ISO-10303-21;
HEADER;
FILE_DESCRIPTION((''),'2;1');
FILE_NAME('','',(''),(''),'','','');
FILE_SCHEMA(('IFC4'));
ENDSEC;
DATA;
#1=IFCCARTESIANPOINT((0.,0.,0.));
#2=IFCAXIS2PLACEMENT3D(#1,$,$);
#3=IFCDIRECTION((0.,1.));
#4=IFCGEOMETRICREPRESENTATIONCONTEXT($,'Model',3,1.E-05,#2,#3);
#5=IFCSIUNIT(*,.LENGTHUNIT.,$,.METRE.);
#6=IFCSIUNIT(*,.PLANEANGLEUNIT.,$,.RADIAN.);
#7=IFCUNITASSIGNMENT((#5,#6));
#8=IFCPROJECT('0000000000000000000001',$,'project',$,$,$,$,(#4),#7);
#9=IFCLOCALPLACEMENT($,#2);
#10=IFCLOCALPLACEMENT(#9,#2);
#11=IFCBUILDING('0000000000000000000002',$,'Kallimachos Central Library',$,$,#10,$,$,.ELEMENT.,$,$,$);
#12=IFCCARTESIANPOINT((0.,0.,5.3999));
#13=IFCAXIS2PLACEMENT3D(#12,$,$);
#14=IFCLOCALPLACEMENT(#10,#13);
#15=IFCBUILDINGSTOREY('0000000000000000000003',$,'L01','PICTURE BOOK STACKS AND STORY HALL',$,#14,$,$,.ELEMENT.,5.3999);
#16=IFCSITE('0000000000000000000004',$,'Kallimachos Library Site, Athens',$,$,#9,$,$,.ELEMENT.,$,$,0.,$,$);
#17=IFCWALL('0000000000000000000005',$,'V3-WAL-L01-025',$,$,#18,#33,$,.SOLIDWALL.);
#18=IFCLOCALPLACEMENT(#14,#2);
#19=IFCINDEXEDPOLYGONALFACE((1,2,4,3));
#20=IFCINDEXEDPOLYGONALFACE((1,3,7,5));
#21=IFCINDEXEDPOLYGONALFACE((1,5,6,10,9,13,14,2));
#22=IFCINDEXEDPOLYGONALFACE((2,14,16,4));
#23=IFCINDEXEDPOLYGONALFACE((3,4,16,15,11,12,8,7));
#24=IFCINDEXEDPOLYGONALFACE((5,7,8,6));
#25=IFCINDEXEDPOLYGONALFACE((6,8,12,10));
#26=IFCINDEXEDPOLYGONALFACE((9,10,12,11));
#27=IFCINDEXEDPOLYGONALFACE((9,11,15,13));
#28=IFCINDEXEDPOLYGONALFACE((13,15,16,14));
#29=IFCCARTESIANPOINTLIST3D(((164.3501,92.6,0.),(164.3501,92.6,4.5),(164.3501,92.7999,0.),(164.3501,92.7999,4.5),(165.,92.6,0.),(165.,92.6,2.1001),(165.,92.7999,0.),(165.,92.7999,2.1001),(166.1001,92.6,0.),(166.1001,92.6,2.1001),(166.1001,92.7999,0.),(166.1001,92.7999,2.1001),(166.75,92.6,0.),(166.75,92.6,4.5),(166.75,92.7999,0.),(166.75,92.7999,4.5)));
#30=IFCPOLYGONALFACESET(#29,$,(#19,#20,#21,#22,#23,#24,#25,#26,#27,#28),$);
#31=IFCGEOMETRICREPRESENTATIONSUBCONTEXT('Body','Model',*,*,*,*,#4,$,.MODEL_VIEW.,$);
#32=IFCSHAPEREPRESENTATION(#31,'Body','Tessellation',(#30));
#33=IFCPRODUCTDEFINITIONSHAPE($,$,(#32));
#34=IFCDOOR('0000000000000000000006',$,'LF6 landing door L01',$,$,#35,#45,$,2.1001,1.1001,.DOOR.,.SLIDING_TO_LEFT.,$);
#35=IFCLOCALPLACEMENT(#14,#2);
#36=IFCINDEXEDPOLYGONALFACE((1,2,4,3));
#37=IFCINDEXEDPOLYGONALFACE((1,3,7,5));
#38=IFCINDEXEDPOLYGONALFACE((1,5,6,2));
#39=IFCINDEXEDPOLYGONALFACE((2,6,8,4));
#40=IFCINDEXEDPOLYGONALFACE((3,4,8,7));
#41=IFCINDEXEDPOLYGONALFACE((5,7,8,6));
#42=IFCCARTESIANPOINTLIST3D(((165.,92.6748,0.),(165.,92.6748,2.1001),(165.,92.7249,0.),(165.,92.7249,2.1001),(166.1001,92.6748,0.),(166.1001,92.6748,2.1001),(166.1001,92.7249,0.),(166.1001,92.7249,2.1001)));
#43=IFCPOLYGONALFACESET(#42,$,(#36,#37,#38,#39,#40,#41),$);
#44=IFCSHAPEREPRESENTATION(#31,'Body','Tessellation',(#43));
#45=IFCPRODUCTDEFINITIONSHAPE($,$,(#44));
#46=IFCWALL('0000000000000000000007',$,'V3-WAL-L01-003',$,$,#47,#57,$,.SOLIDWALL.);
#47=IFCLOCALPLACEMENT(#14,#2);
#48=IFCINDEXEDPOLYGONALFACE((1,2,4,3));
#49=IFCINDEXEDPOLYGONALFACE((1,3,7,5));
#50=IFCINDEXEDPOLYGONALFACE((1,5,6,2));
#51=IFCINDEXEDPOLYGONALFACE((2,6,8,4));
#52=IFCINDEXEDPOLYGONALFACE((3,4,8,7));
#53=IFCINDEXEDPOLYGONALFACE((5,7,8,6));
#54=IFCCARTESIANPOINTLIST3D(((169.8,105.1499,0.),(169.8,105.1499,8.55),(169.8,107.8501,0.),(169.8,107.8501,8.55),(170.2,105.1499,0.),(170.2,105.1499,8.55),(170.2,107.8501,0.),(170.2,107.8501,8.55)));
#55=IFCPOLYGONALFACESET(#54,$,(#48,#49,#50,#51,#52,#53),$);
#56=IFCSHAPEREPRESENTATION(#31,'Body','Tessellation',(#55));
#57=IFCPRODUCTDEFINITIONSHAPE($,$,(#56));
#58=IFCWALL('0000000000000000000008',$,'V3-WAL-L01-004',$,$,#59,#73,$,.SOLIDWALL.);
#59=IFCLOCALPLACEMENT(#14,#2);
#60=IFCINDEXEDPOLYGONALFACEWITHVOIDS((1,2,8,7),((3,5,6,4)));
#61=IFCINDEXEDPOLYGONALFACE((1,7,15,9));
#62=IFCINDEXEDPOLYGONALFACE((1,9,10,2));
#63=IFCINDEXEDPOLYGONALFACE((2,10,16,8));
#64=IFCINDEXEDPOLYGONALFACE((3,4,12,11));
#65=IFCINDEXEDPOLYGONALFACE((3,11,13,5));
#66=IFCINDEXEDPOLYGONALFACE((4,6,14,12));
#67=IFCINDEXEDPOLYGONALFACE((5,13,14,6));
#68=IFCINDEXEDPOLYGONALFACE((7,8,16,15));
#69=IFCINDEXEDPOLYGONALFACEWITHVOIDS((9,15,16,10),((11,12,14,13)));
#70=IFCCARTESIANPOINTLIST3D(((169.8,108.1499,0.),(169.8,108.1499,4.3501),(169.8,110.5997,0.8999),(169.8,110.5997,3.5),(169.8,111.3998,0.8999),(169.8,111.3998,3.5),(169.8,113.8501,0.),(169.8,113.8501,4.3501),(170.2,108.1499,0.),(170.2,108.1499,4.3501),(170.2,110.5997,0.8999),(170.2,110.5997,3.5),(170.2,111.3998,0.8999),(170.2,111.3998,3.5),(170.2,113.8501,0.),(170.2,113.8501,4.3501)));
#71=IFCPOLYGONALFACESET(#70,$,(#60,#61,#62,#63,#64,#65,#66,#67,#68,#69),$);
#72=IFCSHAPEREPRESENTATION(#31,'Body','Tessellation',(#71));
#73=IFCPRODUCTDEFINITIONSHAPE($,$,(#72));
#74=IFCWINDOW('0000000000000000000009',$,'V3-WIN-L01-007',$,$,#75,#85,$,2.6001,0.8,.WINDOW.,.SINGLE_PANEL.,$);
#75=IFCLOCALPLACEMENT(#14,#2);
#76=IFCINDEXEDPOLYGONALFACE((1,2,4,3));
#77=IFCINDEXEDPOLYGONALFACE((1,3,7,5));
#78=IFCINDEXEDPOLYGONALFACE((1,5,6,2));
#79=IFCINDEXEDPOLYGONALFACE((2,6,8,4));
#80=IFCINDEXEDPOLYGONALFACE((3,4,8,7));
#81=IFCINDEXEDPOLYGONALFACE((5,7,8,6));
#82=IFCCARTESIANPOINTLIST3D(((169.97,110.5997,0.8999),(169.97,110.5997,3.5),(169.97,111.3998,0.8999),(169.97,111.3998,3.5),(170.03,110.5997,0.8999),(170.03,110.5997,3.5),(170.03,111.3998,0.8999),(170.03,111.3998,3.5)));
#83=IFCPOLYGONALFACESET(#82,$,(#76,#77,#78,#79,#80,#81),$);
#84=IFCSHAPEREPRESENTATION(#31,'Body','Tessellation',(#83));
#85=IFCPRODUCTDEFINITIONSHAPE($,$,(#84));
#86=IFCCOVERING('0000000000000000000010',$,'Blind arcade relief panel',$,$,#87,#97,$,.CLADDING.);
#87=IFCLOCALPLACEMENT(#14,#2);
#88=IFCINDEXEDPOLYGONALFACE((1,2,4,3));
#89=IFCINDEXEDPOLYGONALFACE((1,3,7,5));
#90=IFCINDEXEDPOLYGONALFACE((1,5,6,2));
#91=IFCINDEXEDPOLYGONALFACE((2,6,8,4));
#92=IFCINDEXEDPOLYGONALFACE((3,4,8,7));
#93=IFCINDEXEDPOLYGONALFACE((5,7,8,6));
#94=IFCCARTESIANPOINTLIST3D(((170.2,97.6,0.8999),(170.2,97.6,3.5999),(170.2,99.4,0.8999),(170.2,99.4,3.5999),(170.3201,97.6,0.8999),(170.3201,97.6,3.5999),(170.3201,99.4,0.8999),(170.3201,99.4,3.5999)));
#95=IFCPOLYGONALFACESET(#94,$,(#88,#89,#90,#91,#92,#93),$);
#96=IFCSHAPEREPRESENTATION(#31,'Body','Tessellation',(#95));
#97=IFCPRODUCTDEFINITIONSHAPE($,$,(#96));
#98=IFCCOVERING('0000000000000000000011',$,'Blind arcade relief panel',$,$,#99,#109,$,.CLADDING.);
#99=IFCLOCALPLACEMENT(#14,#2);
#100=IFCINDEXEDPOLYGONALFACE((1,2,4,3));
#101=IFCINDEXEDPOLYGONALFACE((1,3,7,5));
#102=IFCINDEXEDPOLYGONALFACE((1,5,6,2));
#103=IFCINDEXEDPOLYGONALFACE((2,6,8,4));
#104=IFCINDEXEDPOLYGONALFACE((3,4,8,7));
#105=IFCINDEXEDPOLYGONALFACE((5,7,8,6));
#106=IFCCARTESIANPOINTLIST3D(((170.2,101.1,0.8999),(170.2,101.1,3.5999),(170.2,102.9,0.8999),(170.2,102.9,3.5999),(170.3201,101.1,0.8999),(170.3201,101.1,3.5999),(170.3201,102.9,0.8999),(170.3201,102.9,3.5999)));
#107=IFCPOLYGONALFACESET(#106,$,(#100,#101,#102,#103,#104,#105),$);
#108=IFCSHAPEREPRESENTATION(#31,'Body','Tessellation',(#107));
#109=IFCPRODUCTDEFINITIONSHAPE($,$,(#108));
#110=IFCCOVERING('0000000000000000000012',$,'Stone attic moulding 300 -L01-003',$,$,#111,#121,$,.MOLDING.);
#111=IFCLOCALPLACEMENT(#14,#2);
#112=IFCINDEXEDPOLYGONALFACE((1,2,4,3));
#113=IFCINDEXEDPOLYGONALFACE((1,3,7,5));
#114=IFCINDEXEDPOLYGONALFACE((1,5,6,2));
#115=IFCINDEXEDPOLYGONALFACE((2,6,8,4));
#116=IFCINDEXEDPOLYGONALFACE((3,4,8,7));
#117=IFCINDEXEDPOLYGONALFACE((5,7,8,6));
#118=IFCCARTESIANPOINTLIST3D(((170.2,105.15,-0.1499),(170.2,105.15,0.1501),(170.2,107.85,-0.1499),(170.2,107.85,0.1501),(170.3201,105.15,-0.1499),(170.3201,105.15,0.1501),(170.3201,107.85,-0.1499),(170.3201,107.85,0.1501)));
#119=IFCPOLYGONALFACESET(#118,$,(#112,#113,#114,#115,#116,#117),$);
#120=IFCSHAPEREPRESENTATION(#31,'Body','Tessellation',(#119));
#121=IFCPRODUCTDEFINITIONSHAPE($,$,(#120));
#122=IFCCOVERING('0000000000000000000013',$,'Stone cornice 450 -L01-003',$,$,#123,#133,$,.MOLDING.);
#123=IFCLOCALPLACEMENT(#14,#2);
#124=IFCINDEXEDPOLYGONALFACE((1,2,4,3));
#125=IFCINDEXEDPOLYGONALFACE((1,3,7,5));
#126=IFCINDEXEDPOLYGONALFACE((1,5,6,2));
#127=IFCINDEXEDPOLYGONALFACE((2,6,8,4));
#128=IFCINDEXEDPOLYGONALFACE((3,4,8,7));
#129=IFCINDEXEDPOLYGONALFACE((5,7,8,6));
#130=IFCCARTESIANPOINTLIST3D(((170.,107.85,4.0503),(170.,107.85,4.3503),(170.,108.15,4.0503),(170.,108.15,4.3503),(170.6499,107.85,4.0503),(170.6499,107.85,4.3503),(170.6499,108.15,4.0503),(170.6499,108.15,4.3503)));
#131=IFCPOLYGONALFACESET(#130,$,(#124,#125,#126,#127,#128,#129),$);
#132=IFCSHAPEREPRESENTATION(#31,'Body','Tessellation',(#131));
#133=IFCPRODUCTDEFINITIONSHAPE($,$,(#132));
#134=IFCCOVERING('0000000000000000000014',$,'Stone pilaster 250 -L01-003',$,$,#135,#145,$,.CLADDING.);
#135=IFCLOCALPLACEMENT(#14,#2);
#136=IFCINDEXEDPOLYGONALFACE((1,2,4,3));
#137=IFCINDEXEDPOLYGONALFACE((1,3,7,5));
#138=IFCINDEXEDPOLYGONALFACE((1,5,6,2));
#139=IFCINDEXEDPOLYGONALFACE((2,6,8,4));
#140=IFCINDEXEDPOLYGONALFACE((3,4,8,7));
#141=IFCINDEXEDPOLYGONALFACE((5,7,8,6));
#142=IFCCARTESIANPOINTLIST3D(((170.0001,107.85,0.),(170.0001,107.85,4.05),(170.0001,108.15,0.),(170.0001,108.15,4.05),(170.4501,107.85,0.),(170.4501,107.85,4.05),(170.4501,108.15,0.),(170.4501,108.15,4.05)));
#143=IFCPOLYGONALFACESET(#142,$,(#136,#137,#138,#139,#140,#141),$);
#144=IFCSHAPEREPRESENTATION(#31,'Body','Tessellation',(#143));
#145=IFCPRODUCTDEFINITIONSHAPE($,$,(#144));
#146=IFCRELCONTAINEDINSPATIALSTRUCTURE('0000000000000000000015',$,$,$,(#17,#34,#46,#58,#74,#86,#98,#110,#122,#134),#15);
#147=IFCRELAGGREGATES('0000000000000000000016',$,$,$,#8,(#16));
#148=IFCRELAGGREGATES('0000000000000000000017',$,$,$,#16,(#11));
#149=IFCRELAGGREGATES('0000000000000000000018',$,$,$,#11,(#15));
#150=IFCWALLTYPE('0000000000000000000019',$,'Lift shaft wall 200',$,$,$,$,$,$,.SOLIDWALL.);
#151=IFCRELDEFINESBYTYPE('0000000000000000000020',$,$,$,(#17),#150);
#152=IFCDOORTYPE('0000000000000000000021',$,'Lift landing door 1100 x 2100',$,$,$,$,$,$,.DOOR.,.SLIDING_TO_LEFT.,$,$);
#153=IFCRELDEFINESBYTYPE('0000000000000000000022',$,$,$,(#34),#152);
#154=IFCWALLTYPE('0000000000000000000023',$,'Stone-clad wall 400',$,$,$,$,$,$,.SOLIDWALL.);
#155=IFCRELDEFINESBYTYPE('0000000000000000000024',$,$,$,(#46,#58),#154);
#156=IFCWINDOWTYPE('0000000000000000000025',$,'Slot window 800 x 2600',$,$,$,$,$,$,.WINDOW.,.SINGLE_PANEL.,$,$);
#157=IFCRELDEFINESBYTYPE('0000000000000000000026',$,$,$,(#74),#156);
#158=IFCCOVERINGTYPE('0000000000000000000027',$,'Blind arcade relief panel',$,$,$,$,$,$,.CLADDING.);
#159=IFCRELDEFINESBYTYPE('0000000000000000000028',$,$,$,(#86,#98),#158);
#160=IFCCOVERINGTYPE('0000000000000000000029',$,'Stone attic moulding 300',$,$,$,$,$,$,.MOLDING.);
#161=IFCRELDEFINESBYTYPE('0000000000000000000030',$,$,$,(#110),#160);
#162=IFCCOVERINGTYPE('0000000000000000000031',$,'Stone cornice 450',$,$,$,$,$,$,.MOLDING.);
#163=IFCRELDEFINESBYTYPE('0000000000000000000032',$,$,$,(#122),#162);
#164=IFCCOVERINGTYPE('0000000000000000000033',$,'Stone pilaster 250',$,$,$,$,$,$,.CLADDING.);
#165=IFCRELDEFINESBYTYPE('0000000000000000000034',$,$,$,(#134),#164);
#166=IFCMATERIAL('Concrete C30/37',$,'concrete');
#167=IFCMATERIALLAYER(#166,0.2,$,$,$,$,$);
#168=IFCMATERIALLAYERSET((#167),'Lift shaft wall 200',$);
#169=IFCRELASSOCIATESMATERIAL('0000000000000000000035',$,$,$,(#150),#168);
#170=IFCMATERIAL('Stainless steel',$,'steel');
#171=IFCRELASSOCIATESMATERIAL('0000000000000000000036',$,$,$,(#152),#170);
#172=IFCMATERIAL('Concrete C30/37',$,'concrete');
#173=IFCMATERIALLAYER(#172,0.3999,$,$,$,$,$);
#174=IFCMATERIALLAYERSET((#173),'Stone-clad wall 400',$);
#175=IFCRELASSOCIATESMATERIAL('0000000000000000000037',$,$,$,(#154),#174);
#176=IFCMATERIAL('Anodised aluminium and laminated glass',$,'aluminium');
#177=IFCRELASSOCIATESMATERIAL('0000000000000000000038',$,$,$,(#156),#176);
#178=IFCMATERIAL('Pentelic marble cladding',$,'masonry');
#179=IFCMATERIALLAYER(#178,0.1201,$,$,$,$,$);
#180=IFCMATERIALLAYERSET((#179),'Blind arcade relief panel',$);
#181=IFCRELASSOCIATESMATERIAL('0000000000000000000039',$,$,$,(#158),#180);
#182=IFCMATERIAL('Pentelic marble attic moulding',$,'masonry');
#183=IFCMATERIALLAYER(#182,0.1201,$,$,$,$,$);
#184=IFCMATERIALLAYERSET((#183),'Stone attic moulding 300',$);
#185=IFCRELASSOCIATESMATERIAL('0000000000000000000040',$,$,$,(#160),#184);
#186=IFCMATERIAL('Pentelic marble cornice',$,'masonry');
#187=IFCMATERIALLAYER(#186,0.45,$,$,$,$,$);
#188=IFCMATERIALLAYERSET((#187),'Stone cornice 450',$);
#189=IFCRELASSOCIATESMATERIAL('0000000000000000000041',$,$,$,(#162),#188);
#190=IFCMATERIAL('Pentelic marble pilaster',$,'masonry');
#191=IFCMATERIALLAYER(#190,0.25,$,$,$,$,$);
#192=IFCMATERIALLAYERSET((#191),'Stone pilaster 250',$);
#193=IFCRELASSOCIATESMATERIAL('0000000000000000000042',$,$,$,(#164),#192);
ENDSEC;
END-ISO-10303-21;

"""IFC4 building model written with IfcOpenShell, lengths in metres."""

from ifc_helpers import new_model, si_unit, direction, frame, frame_2d, origin, origin_2d, place, context, subcontext, project, spatial, rectangle, extrude, material, layer, layer_set, type_object, element, fill, save


model = new_model("IFC4")

# Units and contexts
model_context = context("Model", 3, precision=1e-05, world=origin(), true_north=direction((0.0, 1.0)))
body_context = subcontext(model_context, "Body", "Model", "MODEL_VIEW")
ifc_project = project(units=[si_unit("LENGTHUNIT", "METRE"), si_unit("PLANEANGLEUNIT", "RADIAN")], contexts=[model_context])

# Site, building, storey
site_placement = place(None, origin())
site = spatial("IfcSite", under=ifc_project, at=site_placement, Name="Kallimachos Library Site, Athens", CompositionType="ELEMENT", RefElevation=0.0)
building_placement = place(site_placement, origin())
building = spatial("IfcBuilding", under=site, at=building_placement, Name="Kallimachos Central Library", CompositionType="ELEMENT")
storey_placement = place(building_placement, frame((0.0, 0.0, 5.3999)))
storey = spatial("IfcBuildingStorey", under=building, at=storey_placement, Name="L01", Description="PICTURE BOOK STACKS AND STORY HALL", CompositionType="ELEMENT", Elevation=5.3999)

# Shared definitions
ifc_material_1 = material(Name="Concrete C30/37", Category="concrete")
ifc_layer_1 = layer(ifc_material_1, 0.2)
ifc_layer_set_1 = layer_set([ifc_layer_1], Name="Lift shaft wall 200")
wall_type_1 = type_object("IfcWallType", Name="Lift shaft wall 200", PredefinedType="SOLIDWALL", material=ifc_layer_set_1)

# Wall, opening, door
wall_1_placement = place(storey_placement, frame((164.3501, 92.7, 0.0), z_axis=(0.0, 0.0, 1.0), x_axis=(1.0, 0.0, 0.0)))
wall_1 = element("IfcWall", 1, at=wall_1_placement, inside=storey, type_object=wall_type_1, Name="V3-WAL-L01-025", PredefinedType="SOLIDWALL", context=body_context, shape_type="SweptSolid", body=[
    extrude(rectangle(XDim=2.3999, YDim=0.2, at=frame_2d((1.2, 0.0))), origin(), (0.0, 0.0, 1.0), 4.5),
])
opening_1_placement = place(wall_1_placement, frame((0.6499, 0.0, 0.0)))
opening_1 = element("IfcOpeningElement", 2, at=opening_1_placement, cuts=wall_1, PredefinedType="OPENING", context=body_context, shape_type="SweptSolid", body=[
    extrude(rectangle(XDim=1.1001, YDim=2.1001, at=frame_2d((0.55, 1.05))), frame((0.0, 0.1099, 0.0), z_axis=(0.0, -1.0, 0.0), x_axis=(1.0, 0.0, 0.0)), (0.0, 0.0, 1.0), 0.22),
])
ifc_material_2 = material(Name="Stainless steel", Category="steel")
door_type = type_object("IfcDoorType", Name="Lift landing door 1100 x 2100", OperationType="SLIDING_TO_LEFT", PredefinedType="DOOR", material=ifc_material_2)
door_placement = place(opening_1_placement, origin())
door = element("IfcDoor", 3, at=door_placement, inside=storey, type_object=door_type, Name="LF6 landing door L01", OperationType="SLIDING_TO_LEFT", OverallHeight=2.1001, OverallWidth=1.1001, PredefinedType="DOOR", context=body_context, shape_type="SweptSolid", body=[
    extrude(rectangle(XDim=1.1001, YDim=2.1001, at=frame_2d((0.55, 1.05))), frame((0.0, 0.0249, 0.0), z_axis=(0.0, -1.0, 0.0), x_axis=(1.0, 0.0, 0.0)), (0.0, 0.0, 1.0), 0.05),
])
fill(opening_1, door)

# Wall
ifc_material_3 = material(Name="Concrete C30/37", Category="concrete")
ifc_layer_2 = layer(ifc_material_3, 0.3999)
ifc_layer_set_2 = layer_set([ifc_layer_2], Name="Stone-clad wall 400")
wall_type_2 = type_object("IfcWallType", Name="Stone-clad wall 400", PredefinedType="SOLIDWALL", material=ifc_layer_set_2)
wall_2_placement = place(storey_placement, frame((170.0, 105.1499, 0.0), z_axis=(0.0, 0.0, 1.0), x_axis=(0.0, 1.0, 0.0)))
element("IfcWall", 4, at=wall_2_placement, inside=storey, type_object=wall_type_2, Name="V3-WAL-L01-003", PredefinedType="SOLIDWALL", context=body_context, shape_type="SweptSolid", body=[
    extrude(rectangle(XDim=2.7002, YDim=0.3999, at=frame_2d((1.3501, 0.0))), origin(), (0.0, 0.0, 1.0), 8.55),
])

# Wall, opening, window
wall_3_placement = place(storey_placement, frame((170.0, 108.1499, 0.0), z_axis=(0.0, 0.0, 1.0), x_axis=(0.0, 1.0, 0.0)))
wall_3 = element("IfcWall", 5, at=wall_3_placement, inside=storey, type_object=wall_type_2, Name="V3-WAL-L01-004", PredefinedType="SOLIDWALL", context=body_context, shape_type="SweptSolid", body=[
    extrude(rectangle(XDim=5.7002, YDim=0.3999, at=frame_2d((2.8501, 0.0))), origin(), (0.0, 0.0, 1.0), 4.3501),
])
opening_2_placement = place(wall_3_placement, frame((2.45, 0.0, 0.8999)))
opening_2 = element("IfcOpeningElement", 6, at=opening_2_placement, cuts=wall_3, PredefinedType="OPENING", context=body_context, shape_type="SweptSolid", body=[
    extrude(rectangle(XDim=0.8, YDim=2.6001, at=frame_2d((0.3999, 1.3))), frame((0.0, 0.21, 0.0), z_axis=(0.0, -1.0, 0.0), x_axis=(1.0, 0.0, 0.0)), (0.0, 0.0, 1.0), 0.4199),
])
ifc_material_4 = material(Name="Anodised aluminium and laminated glass", Category="aluminium")
window_type = type_object("IfcWindowType", Name="Slot window 800 x 2600", PartitioningType="SINGLE_PANEL", PredefinedType="WINDOW", material=ifc_material_4)
window_placement = place(opening_2_placement, origin())
window = element("IfcWindow", 7, at=window_placement, inside=storey, type_object=window_type, Name="V3-WIN-L01-007", OverallHeight=2.6001, OverallWidth=0.8, PartitioningType="SINGLE_PANEL", PredefinedType="WINDOW", context=body_context, shape_type="SweptSolid", body=[
    extrude(rectangle(XDim=0.8, YDim=2.6001, at=frame_2d((0.3999, 1.3))), frame((0.0, 0.03, 0.0), z_axis=(0.0, -1.0, 0.0), x_axis=(1.0, 0.0, 0.0)), (0.0, 0.0, 1.0), 0.0601),
])
fill(opening_2, window)

# Coverings
ifc_material_5 = material(Name="Pentelic marble cladding", Category="masonry")
ifc_layer_3 = layer(ifc_material_5, 0.1201)
ifc_layer_set_3 = layer_set([ifc_layer_3], Name="Blind arcade relief panel")
covering_type_1 = type_object("IfcCoveringType", Name="Blind arcade relief panel", PredefinedType="CLADDING", material=ifc_layer_set_3)
for number, where, z_axis, x_axis, name in (
    (8, (170.26, 98.5, 0.8999), (0.0, 0.0, 1.0), (1.0, 0.0, 0.0), "Blind arcade relief panel"),
    (9, (170.26, 102.0, 0.8999), (0.0, 0.0, 1.0), (1.0, 0.0, 0.0), "Blind arcade relief panel"),
):
    element("IfcCovering", number, at=place(storey_placement, frame(where, z_axis=z_axis, x_axis=x_axis)), inside=storey, type_object=covering_type_1, Name=name, PredefinedType="CLADDING", context=body_context, shape_type="SweptSolid", body=[
        extrude(rectangle(XDim=0.1201, YDim=1.8, at=origin_2d()), origin(), (0.0, 0.0, 1.0), 2.7),
    ])
ifc_material_6 = material(Name="Pentelic marble attic moulding", Category="masonry")
ifc_layer_4 = layer(ifc_material_6, 0.1201)
ifc_layer_set_4 = layer_set([ifc_layer_4], Name="Stone attic moulding 300")
covering_type_2 = type_object("IfcCoveringType", Name="Stone attic moulding 300", PredefinedType="MOLDING", material=ifc_layer_set_4)
covering_1_placement = place(storey_placement, frame((170.26, 106.5, -0.1499), z_axis=(0.0, 0.0, 1.0), x_axis=(1.0, 0.0, 0.0)))
element("IfcCovering", 10, at=covering_1_placement, inside=storey, type_object=covering_type_2, Name="Stone attic moulding 300 -L01-003", PredefinedType="MOLDING", context=body_context, shape_type="SweptSolid", body=[
    extrude(rectangle(XDim=0.1201, YDim=2.7, at=origin_2d()), origin(), (0.0, 0.0, 1.0), 0.3),
])
ifc_material_7 = material(Name="Pentelic marble cornice", Category="masonry")
ifc_layer_5 = layer(ifc_material_7, 0.45)
ifc_layer_set_5 = layer_set([ifc_layer_5], Name="Stone cornice 450")
covering_type_3 = type_object("IfcCoveringType", Name="Stone cornice 450", PredefinedType="MOLDING", material=ifc_layer_set_5)
covering_2_placement = place(storey_placement, frame((170.325, 108.0, 4.0503), z_axis=(0.0, 0.0, 1.0), x_axis=(1.0, 0.0, 0.0)))
element("IfcCovering", 11, at=covering_2_placement, inside=storey, type_object=covering_type_3, Name="Stone cornice 450 -L01-003", PredefinedType="MOLDING", context=body_context, shape_type="SweptSolid", body=[
    extrude(rectangle(XDim=0.6499, YDim=0.3, at=origin_2d()), origin(), (0.0, 0.0, 1.0), 0.3),
])
ifc_material_8 = material(Name="Pentelic marble pilaster", Category="masonry")
ifc_layer_6 = layer(ifc_material_8, 0.25)
ifc_layer_set_6 = layer_set([ifc_layer_6], Name="Stone pilaster 250")
covering_type_4 = type_object("IfcCoveringType", Name="Stone pilaster 250", PredefinedType="CLADDING", material=ifc_layer_set_6)
covering_3_placement = place(storey_placement, frame((170.2251, 108.0, 0.0), z_axis=(0.0, 0.0, 1.0), x_axis=(1.0, 0.0, 0.0)))
element("IfcCovering", 12, at=covering_3_placement, inside=storey, type_object=covering_type_4, Name="Stone pilaster 250 -L01-003", PredefinedType="CLADDING", context=body_context, shape_type="SweptSolid", body=[
    extrude(rectangle(XDim=0.45, YDim=0.3, at=origin_2d()), origin(), (0.0, 0.0, 1.0), 4.05),
])

save(model, "model.ifc")
